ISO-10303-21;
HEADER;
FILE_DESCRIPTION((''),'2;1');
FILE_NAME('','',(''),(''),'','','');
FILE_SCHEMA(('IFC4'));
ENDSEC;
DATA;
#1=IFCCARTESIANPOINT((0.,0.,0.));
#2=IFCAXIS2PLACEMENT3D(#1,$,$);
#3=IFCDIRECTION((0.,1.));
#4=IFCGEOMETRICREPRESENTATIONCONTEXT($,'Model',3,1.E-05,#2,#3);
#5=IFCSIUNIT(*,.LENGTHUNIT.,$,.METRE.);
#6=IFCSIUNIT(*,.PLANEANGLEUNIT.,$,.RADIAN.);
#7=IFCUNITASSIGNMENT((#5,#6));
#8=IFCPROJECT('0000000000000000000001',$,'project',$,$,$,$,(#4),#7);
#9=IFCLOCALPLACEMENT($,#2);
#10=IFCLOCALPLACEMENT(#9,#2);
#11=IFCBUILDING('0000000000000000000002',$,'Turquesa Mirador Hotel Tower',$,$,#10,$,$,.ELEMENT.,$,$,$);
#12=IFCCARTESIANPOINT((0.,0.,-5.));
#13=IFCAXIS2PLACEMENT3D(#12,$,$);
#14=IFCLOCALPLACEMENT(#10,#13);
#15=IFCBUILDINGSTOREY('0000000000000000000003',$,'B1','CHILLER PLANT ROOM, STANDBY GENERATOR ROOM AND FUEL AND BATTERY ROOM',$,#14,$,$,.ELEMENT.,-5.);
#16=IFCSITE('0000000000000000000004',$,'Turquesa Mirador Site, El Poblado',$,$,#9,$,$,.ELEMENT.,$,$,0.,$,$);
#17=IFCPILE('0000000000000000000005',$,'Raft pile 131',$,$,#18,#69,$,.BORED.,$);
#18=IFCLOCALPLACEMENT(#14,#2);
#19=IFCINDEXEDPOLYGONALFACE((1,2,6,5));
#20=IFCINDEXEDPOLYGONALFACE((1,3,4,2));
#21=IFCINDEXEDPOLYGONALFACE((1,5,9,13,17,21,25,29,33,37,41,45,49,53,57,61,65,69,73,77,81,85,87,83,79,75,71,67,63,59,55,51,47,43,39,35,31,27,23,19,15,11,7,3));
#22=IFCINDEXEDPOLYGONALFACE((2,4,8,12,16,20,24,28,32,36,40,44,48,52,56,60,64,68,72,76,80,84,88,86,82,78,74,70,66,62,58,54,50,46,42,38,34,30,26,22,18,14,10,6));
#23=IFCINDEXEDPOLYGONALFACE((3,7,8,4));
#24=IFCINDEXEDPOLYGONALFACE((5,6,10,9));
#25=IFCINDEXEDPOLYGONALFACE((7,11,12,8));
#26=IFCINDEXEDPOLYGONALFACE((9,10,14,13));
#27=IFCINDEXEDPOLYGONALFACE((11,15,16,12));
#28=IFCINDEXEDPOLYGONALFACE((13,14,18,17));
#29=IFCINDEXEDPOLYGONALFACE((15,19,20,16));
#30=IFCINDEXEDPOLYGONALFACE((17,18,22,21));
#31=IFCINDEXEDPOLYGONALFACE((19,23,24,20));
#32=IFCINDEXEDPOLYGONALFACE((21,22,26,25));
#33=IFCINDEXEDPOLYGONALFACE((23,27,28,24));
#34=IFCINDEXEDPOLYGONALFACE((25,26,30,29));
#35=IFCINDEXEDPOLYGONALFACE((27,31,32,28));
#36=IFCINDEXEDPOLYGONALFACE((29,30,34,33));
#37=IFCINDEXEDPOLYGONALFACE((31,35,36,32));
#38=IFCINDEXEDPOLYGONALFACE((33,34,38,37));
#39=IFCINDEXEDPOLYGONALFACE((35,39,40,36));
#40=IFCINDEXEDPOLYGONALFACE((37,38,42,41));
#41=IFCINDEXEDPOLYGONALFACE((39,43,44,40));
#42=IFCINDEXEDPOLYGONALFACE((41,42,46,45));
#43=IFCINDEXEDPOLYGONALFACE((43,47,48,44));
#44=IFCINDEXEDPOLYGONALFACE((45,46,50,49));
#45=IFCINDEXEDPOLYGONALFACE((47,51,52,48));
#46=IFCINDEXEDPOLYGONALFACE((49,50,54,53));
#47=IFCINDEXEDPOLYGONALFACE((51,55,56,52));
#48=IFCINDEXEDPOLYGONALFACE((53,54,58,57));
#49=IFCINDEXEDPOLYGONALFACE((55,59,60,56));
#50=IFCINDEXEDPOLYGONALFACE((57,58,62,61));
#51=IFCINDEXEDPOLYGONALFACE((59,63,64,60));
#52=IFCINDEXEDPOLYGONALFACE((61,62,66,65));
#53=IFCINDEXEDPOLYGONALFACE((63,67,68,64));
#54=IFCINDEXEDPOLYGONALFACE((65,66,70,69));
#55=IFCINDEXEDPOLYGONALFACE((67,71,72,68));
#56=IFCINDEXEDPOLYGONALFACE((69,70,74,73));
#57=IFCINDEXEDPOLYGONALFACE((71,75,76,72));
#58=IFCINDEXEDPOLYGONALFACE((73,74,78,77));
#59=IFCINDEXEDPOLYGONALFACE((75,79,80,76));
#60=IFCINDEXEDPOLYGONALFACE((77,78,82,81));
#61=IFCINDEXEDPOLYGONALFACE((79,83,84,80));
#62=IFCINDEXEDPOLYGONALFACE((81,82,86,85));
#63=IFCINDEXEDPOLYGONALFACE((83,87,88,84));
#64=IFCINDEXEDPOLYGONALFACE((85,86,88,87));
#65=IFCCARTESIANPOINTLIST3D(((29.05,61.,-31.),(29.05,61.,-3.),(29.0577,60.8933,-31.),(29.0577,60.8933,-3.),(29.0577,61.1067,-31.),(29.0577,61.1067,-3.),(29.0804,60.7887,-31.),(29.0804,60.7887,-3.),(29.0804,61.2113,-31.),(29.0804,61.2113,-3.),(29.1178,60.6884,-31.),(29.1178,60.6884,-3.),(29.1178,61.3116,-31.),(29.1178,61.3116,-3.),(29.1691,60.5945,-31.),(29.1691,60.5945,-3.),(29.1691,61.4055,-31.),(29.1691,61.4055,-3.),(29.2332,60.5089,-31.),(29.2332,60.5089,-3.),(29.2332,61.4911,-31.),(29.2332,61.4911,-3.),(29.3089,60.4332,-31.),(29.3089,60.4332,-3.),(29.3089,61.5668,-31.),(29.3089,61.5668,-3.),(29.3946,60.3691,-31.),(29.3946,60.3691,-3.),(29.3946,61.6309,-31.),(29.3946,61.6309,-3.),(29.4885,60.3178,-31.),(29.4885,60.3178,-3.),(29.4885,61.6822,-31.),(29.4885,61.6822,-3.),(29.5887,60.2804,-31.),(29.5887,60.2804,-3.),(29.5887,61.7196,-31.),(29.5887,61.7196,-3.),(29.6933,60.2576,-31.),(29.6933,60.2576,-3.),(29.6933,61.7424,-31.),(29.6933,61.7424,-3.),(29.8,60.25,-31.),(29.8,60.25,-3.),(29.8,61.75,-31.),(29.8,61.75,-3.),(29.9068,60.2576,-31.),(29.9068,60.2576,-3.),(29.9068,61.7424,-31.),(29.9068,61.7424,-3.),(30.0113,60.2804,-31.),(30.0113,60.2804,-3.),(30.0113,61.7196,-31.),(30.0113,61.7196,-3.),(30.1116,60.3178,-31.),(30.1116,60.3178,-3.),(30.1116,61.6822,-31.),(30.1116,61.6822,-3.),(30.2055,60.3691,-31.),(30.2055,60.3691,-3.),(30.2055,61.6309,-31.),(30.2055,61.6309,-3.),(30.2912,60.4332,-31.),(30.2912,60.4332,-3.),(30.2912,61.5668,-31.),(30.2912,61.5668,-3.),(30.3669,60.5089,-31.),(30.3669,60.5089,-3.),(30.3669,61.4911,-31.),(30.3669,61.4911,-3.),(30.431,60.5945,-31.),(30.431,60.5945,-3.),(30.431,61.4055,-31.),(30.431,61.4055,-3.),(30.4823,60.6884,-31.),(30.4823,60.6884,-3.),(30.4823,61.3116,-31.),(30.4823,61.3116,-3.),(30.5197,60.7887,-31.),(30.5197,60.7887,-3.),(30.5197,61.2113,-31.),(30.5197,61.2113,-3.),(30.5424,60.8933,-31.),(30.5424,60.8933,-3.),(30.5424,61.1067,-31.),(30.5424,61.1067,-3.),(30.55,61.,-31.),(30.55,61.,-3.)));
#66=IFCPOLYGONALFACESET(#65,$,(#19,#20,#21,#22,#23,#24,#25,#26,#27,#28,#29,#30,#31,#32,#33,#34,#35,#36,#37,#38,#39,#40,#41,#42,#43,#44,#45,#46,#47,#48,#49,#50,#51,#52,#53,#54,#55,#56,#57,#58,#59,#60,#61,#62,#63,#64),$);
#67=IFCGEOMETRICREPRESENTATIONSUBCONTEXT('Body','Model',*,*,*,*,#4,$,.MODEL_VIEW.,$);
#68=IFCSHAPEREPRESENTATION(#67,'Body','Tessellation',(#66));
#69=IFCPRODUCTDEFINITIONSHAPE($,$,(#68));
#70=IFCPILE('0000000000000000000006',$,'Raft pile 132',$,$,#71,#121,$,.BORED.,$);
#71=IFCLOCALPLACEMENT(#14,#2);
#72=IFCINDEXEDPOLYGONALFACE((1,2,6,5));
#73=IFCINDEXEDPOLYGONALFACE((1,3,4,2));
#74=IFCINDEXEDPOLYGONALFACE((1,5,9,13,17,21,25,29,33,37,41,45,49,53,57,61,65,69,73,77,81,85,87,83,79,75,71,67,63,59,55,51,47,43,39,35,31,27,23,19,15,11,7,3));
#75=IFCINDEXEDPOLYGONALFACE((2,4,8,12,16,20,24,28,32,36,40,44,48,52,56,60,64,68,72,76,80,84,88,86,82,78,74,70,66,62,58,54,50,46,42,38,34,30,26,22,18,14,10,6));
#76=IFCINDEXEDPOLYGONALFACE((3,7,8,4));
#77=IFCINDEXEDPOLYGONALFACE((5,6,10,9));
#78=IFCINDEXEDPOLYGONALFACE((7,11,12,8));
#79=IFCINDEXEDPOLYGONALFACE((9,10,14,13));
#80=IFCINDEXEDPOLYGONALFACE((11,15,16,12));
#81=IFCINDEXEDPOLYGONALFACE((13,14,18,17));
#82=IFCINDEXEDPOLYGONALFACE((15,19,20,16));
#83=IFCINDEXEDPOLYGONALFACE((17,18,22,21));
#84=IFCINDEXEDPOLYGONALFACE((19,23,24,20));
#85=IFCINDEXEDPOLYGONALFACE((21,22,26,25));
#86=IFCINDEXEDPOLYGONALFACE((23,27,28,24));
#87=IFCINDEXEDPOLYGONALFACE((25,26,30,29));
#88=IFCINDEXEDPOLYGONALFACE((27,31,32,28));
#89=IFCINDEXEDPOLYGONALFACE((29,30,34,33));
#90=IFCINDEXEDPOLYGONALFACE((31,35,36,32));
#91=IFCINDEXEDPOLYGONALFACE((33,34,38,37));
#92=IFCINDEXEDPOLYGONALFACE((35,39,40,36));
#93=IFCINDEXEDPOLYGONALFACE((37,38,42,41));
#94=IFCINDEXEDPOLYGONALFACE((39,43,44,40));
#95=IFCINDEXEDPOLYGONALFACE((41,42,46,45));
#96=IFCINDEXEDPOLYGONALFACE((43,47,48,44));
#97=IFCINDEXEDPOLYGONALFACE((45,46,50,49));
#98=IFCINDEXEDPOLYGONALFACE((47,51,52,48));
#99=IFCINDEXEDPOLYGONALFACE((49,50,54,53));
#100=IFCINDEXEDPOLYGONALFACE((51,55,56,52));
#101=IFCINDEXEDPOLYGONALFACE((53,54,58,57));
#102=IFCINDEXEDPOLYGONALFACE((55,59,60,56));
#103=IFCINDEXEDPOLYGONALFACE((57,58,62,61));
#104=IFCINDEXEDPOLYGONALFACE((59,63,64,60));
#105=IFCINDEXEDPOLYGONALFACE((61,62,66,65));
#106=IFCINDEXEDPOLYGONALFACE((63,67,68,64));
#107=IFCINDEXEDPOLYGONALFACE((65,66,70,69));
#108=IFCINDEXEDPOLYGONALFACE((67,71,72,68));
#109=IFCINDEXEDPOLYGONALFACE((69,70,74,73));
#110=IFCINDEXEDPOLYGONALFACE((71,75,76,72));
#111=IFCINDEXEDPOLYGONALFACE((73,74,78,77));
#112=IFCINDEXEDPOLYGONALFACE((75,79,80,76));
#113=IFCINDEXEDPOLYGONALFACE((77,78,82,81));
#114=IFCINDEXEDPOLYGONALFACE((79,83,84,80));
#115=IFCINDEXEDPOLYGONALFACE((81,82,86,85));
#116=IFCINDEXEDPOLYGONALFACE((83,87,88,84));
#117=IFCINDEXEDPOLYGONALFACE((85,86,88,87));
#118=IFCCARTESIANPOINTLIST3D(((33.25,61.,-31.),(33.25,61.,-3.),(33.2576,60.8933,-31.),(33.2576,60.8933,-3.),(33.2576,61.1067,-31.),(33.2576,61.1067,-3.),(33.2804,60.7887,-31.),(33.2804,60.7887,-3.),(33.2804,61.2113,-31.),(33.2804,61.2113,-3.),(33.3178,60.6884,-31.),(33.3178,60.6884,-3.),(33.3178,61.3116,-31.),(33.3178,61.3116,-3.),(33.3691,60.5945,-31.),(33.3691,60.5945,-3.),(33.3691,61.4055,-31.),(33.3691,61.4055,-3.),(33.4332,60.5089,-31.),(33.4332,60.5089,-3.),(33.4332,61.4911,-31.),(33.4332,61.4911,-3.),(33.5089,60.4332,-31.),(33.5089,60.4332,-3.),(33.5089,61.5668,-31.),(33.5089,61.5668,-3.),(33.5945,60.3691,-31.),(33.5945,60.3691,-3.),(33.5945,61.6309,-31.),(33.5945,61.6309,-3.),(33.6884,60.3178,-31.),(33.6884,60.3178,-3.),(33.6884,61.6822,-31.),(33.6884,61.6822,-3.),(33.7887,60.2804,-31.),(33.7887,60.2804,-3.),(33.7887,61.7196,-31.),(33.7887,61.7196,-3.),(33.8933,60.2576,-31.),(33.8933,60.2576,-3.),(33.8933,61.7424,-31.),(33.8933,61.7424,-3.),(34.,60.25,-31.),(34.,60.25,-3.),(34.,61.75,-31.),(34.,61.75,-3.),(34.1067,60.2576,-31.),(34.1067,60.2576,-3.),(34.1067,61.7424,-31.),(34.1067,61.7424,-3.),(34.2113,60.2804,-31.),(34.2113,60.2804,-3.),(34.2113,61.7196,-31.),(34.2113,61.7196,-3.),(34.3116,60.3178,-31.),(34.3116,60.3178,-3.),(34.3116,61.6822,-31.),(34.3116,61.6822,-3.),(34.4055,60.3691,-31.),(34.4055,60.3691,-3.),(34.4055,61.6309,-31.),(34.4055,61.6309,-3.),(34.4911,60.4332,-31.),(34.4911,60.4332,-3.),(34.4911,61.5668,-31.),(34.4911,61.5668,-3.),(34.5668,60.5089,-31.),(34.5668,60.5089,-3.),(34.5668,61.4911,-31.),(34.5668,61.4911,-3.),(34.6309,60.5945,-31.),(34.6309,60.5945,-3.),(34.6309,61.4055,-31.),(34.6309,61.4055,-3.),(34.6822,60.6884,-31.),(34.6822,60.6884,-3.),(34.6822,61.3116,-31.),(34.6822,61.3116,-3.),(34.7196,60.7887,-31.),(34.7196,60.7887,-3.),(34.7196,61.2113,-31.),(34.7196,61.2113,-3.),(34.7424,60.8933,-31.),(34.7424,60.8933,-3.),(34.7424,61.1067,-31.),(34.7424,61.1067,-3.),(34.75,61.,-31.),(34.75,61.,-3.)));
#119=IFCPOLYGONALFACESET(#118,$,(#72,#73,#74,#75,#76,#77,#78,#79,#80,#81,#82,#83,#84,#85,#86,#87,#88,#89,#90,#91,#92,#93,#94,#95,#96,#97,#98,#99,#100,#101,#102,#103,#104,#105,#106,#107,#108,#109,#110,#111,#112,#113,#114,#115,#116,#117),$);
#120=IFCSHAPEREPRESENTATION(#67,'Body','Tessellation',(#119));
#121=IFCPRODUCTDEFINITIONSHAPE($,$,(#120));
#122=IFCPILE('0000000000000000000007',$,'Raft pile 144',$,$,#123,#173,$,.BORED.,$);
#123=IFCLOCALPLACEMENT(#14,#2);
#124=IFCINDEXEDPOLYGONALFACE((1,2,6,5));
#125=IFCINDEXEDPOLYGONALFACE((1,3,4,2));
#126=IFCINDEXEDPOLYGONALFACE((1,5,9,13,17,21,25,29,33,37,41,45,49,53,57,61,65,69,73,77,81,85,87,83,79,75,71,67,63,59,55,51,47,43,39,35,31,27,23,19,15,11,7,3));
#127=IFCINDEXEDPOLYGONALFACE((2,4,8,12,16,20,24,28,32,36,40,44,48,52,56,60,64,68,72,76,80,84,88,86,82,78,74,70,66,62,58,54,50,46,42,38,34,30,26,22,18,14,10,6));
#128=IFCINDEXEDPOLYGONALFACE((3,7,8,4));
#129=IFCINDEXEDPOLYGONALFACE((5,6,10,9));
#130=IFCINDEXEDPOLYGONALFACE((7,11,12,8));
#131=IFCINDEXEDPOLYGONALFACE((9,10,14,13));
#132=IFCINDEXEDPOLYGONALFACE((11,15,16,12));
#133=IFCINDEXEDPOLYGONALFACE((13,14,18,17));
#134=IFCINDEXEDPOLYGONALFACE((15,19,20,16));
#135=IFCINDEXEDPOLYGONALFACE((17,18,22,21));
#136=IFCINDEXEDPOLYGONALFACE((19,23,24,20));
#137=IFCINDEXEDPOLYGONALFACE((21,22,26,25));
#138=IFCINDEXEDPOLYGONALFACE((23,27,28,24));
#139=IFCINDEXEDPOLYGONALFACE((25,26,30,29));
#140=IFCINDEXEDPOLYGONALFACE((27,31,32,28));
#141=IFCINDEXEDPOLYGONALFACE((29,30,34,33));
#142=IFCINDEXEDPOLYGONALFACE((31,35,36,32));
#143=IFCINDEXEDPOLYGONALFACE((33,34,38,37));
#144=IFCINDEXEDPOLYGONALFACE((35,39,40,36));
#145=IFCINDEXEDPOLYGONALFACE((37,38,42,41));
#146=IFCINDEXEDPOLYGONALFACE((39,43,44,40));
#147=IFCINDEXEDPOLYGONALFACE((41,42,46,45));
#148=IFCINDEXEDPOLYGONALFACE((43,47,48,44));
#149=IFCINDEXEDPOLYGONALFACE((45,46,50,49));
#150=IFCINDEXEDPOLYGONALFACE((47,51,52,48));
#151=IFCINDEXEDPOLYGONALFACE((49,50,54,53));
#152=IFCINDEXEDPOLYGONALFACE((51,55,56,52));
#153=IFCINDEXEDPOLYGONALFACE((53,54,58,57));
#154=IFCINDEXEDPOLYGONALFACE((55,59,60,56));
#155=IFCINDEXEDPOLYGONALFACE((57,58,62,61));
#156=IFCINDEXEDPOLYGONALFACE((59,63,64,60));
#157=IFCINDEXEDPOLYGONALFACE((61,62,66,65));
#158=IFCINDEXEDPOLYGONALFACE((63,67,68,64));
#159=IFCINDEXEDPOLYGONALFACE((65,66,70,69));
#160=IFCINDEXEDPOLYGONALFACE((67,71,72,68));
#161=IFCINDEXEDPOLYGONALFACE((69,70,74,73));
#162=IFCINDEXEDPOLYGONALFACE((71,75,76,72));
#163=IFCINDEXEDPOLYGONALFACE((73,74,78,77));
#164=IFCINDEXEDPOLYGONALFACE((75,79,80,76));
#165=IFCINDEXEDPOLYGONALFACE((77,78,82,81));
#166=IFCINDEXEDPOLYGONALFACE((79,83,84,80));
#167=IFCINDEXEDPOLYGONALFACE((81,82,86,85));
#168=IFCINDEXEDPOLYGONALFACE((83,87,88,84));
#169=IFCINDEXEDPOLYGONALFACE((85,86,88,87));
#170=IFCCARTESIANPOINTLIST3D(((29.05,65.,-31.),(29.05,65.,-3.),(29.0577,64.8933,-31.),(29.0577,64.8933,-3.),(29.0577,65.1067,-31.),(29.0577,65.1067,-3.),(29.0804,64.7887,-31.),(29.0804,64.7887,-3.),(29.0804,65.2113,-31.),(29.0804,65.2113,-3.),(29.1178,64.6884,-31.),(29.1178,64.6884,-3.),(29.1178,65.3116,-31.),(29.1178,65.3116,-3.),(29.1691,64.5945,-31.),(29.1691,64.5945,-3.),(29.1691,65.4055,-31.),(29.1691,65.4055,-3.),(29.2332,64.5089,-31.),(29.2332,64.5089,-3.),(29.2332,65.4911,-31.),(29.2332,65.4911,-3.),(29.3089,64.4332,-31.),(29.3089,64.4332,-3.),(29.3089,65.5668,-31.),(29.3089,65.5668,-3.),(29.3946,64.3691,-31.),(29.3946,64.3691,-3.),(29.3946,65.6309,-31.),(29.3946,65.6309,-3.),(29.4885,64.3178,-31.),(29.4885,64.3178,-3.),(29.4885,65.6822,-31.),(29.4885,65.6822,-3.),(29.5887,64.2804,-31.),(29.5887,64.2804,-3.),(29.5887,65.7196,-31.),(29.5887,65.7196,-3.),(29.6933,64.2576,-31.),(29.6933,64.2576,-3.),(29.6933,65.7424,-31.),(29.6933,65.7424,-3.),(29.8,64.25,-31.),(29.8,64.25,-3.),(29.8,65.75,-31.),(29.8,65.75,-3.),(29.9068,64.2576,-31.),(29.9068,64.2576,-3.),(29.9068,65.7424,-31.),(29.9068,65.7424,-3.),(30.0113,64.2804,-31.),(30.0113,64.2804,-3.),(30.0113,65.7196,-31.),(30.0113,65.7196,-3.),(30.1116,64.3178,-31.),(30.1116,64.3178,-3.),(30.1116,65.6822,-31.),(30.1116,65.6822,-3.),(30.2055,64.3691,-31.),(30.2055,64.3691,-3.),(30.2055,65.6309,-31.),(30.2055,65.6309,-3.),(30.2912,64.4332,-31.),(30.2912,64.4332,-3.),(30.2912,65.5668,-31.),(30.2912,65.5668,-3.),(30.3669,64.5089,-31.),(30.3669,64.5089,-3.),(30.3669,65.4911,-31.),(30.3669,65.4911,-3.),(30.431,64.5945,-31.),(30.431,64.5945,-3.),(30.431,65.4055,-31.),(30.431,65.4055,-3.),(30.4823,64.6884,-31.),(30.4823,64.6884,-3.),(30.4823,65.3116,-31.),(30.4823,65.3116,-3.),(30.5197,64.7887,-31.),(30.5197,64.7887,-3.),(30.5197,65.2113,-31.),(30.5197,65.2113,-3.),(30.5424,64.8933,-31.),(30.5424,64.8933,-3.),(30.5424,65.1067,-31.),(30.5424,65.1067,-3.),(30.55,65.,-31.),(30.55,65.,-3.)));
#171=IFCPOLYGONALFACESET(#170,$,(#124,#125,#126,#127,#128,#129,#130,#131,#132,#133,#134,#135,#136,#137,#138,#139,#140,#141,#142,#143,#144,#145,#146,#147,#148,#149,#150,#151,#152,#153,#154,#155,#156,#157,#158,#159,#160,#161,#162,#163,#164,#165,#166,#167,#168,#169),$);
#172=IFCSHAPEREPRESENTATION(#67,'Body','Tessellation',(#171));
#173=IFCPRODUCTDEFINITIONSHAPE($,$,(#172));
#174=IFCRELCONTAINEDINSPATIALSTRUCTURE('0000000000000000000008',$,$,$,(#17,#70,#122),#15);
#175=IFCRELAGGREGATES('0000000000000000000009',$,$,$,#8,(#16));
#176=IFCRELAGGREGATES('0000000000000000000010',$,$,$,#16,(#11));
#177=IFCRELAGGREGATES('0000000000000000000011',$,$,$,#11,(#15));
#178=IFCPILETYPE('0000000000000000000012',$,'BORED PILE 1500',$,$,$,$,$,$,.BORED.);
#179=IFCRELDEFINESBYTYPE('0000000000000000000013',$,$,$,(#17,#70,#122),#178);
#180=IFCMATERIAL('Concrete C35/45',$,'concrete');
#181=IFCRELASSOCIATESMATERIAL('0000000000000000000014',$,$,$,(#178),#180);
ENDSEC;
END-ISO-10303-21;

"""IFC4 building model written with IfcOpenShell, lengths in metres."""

from ifc_helpers import new_model, si_unit, direction, frame, origin, origin_2d, place, context, subcontext, project, spatial, circle, extrude, material, type_object, element, save


model = new_model("IFC4")

# Units and contexts
model_context = context("Model", 3, precision=1e-05, world=origin(), true_north=direction((0.0, 1.0)))
body_context = subcontext(model_context, "Body", "Model", "MODEL_VIEW")
ifc_project = project(units=[si_unit("LENGTHUNIT", "METRE"), si_unit("PLANEANGLEUNIT", "RADIAN")], contexts=[model_context])

# Site, building, storey
site_placement = place(None, origin())
site = spatial("IfcSite", under=ifc_project, at=site_placement, Name="Turquesa Mirador Site, El Poblado", CompositionType="ELEMENT", RefElevation=0.0)
building_placement = place(site_placement, origin())
building = spatial("IfcBuilding", under=site, at=building_placement, Name="Turquesa Mirador Hotel Tower", CompositionType="ELEMENT")
storey_placement = place(building_placement, frame((0.0, 0.0, -5.0)))
storey = spatial("IfcBuildingStorey", under=building, at=storey_placement, Name="B1", Description="CHILLER PLANT ROOM, STANDBY GENERATOR ROOM AND FUEL AND BATTERY ROOM", CompositionType="ELEMENT", Elevation=-5.0)

# Piles
ifc_material_1 = material(Name="Concrete C35/45", Category="concrete")
pile_type_1 = type_object("IfcPileType", Name="BORED PILE 1500", PredefinedType="BORED", material=ifc_material_1)
for number, where, z_axis, x_axis, name in (
    (1, (29.8, 61.0, -3.0), (0.0, 0.0, -1.0), (1.0, 0.0, 0.0), "Raft pile 131"),
    (2, (34.0, 61.0, -3.0), (0.0, 0.0, -1.0), (1.0, 0.0, 0.0), "Raft pile 132"),
    (3, (29.8, 65.0, -3.0), (0.0, 0.0, -1.0), (1.0, 0.0, 0.0), "Raft pile 144"),
):
    element("IfcPile", number, at=place(storey_placement, frame(where, z_axis=z_axis, x_axis=x_axis)), inside=storey, type_object=pile_type_1, Name=name, PredefinedType="BORED", context=body_context, shape_type="SweptSolid", body=[
        extrude(circle(Radius=0.75, at=origin_2d()), origin(), (0.0, 0.0, 1.0), 28.0),
    ])

save(model, "model.ifc")
